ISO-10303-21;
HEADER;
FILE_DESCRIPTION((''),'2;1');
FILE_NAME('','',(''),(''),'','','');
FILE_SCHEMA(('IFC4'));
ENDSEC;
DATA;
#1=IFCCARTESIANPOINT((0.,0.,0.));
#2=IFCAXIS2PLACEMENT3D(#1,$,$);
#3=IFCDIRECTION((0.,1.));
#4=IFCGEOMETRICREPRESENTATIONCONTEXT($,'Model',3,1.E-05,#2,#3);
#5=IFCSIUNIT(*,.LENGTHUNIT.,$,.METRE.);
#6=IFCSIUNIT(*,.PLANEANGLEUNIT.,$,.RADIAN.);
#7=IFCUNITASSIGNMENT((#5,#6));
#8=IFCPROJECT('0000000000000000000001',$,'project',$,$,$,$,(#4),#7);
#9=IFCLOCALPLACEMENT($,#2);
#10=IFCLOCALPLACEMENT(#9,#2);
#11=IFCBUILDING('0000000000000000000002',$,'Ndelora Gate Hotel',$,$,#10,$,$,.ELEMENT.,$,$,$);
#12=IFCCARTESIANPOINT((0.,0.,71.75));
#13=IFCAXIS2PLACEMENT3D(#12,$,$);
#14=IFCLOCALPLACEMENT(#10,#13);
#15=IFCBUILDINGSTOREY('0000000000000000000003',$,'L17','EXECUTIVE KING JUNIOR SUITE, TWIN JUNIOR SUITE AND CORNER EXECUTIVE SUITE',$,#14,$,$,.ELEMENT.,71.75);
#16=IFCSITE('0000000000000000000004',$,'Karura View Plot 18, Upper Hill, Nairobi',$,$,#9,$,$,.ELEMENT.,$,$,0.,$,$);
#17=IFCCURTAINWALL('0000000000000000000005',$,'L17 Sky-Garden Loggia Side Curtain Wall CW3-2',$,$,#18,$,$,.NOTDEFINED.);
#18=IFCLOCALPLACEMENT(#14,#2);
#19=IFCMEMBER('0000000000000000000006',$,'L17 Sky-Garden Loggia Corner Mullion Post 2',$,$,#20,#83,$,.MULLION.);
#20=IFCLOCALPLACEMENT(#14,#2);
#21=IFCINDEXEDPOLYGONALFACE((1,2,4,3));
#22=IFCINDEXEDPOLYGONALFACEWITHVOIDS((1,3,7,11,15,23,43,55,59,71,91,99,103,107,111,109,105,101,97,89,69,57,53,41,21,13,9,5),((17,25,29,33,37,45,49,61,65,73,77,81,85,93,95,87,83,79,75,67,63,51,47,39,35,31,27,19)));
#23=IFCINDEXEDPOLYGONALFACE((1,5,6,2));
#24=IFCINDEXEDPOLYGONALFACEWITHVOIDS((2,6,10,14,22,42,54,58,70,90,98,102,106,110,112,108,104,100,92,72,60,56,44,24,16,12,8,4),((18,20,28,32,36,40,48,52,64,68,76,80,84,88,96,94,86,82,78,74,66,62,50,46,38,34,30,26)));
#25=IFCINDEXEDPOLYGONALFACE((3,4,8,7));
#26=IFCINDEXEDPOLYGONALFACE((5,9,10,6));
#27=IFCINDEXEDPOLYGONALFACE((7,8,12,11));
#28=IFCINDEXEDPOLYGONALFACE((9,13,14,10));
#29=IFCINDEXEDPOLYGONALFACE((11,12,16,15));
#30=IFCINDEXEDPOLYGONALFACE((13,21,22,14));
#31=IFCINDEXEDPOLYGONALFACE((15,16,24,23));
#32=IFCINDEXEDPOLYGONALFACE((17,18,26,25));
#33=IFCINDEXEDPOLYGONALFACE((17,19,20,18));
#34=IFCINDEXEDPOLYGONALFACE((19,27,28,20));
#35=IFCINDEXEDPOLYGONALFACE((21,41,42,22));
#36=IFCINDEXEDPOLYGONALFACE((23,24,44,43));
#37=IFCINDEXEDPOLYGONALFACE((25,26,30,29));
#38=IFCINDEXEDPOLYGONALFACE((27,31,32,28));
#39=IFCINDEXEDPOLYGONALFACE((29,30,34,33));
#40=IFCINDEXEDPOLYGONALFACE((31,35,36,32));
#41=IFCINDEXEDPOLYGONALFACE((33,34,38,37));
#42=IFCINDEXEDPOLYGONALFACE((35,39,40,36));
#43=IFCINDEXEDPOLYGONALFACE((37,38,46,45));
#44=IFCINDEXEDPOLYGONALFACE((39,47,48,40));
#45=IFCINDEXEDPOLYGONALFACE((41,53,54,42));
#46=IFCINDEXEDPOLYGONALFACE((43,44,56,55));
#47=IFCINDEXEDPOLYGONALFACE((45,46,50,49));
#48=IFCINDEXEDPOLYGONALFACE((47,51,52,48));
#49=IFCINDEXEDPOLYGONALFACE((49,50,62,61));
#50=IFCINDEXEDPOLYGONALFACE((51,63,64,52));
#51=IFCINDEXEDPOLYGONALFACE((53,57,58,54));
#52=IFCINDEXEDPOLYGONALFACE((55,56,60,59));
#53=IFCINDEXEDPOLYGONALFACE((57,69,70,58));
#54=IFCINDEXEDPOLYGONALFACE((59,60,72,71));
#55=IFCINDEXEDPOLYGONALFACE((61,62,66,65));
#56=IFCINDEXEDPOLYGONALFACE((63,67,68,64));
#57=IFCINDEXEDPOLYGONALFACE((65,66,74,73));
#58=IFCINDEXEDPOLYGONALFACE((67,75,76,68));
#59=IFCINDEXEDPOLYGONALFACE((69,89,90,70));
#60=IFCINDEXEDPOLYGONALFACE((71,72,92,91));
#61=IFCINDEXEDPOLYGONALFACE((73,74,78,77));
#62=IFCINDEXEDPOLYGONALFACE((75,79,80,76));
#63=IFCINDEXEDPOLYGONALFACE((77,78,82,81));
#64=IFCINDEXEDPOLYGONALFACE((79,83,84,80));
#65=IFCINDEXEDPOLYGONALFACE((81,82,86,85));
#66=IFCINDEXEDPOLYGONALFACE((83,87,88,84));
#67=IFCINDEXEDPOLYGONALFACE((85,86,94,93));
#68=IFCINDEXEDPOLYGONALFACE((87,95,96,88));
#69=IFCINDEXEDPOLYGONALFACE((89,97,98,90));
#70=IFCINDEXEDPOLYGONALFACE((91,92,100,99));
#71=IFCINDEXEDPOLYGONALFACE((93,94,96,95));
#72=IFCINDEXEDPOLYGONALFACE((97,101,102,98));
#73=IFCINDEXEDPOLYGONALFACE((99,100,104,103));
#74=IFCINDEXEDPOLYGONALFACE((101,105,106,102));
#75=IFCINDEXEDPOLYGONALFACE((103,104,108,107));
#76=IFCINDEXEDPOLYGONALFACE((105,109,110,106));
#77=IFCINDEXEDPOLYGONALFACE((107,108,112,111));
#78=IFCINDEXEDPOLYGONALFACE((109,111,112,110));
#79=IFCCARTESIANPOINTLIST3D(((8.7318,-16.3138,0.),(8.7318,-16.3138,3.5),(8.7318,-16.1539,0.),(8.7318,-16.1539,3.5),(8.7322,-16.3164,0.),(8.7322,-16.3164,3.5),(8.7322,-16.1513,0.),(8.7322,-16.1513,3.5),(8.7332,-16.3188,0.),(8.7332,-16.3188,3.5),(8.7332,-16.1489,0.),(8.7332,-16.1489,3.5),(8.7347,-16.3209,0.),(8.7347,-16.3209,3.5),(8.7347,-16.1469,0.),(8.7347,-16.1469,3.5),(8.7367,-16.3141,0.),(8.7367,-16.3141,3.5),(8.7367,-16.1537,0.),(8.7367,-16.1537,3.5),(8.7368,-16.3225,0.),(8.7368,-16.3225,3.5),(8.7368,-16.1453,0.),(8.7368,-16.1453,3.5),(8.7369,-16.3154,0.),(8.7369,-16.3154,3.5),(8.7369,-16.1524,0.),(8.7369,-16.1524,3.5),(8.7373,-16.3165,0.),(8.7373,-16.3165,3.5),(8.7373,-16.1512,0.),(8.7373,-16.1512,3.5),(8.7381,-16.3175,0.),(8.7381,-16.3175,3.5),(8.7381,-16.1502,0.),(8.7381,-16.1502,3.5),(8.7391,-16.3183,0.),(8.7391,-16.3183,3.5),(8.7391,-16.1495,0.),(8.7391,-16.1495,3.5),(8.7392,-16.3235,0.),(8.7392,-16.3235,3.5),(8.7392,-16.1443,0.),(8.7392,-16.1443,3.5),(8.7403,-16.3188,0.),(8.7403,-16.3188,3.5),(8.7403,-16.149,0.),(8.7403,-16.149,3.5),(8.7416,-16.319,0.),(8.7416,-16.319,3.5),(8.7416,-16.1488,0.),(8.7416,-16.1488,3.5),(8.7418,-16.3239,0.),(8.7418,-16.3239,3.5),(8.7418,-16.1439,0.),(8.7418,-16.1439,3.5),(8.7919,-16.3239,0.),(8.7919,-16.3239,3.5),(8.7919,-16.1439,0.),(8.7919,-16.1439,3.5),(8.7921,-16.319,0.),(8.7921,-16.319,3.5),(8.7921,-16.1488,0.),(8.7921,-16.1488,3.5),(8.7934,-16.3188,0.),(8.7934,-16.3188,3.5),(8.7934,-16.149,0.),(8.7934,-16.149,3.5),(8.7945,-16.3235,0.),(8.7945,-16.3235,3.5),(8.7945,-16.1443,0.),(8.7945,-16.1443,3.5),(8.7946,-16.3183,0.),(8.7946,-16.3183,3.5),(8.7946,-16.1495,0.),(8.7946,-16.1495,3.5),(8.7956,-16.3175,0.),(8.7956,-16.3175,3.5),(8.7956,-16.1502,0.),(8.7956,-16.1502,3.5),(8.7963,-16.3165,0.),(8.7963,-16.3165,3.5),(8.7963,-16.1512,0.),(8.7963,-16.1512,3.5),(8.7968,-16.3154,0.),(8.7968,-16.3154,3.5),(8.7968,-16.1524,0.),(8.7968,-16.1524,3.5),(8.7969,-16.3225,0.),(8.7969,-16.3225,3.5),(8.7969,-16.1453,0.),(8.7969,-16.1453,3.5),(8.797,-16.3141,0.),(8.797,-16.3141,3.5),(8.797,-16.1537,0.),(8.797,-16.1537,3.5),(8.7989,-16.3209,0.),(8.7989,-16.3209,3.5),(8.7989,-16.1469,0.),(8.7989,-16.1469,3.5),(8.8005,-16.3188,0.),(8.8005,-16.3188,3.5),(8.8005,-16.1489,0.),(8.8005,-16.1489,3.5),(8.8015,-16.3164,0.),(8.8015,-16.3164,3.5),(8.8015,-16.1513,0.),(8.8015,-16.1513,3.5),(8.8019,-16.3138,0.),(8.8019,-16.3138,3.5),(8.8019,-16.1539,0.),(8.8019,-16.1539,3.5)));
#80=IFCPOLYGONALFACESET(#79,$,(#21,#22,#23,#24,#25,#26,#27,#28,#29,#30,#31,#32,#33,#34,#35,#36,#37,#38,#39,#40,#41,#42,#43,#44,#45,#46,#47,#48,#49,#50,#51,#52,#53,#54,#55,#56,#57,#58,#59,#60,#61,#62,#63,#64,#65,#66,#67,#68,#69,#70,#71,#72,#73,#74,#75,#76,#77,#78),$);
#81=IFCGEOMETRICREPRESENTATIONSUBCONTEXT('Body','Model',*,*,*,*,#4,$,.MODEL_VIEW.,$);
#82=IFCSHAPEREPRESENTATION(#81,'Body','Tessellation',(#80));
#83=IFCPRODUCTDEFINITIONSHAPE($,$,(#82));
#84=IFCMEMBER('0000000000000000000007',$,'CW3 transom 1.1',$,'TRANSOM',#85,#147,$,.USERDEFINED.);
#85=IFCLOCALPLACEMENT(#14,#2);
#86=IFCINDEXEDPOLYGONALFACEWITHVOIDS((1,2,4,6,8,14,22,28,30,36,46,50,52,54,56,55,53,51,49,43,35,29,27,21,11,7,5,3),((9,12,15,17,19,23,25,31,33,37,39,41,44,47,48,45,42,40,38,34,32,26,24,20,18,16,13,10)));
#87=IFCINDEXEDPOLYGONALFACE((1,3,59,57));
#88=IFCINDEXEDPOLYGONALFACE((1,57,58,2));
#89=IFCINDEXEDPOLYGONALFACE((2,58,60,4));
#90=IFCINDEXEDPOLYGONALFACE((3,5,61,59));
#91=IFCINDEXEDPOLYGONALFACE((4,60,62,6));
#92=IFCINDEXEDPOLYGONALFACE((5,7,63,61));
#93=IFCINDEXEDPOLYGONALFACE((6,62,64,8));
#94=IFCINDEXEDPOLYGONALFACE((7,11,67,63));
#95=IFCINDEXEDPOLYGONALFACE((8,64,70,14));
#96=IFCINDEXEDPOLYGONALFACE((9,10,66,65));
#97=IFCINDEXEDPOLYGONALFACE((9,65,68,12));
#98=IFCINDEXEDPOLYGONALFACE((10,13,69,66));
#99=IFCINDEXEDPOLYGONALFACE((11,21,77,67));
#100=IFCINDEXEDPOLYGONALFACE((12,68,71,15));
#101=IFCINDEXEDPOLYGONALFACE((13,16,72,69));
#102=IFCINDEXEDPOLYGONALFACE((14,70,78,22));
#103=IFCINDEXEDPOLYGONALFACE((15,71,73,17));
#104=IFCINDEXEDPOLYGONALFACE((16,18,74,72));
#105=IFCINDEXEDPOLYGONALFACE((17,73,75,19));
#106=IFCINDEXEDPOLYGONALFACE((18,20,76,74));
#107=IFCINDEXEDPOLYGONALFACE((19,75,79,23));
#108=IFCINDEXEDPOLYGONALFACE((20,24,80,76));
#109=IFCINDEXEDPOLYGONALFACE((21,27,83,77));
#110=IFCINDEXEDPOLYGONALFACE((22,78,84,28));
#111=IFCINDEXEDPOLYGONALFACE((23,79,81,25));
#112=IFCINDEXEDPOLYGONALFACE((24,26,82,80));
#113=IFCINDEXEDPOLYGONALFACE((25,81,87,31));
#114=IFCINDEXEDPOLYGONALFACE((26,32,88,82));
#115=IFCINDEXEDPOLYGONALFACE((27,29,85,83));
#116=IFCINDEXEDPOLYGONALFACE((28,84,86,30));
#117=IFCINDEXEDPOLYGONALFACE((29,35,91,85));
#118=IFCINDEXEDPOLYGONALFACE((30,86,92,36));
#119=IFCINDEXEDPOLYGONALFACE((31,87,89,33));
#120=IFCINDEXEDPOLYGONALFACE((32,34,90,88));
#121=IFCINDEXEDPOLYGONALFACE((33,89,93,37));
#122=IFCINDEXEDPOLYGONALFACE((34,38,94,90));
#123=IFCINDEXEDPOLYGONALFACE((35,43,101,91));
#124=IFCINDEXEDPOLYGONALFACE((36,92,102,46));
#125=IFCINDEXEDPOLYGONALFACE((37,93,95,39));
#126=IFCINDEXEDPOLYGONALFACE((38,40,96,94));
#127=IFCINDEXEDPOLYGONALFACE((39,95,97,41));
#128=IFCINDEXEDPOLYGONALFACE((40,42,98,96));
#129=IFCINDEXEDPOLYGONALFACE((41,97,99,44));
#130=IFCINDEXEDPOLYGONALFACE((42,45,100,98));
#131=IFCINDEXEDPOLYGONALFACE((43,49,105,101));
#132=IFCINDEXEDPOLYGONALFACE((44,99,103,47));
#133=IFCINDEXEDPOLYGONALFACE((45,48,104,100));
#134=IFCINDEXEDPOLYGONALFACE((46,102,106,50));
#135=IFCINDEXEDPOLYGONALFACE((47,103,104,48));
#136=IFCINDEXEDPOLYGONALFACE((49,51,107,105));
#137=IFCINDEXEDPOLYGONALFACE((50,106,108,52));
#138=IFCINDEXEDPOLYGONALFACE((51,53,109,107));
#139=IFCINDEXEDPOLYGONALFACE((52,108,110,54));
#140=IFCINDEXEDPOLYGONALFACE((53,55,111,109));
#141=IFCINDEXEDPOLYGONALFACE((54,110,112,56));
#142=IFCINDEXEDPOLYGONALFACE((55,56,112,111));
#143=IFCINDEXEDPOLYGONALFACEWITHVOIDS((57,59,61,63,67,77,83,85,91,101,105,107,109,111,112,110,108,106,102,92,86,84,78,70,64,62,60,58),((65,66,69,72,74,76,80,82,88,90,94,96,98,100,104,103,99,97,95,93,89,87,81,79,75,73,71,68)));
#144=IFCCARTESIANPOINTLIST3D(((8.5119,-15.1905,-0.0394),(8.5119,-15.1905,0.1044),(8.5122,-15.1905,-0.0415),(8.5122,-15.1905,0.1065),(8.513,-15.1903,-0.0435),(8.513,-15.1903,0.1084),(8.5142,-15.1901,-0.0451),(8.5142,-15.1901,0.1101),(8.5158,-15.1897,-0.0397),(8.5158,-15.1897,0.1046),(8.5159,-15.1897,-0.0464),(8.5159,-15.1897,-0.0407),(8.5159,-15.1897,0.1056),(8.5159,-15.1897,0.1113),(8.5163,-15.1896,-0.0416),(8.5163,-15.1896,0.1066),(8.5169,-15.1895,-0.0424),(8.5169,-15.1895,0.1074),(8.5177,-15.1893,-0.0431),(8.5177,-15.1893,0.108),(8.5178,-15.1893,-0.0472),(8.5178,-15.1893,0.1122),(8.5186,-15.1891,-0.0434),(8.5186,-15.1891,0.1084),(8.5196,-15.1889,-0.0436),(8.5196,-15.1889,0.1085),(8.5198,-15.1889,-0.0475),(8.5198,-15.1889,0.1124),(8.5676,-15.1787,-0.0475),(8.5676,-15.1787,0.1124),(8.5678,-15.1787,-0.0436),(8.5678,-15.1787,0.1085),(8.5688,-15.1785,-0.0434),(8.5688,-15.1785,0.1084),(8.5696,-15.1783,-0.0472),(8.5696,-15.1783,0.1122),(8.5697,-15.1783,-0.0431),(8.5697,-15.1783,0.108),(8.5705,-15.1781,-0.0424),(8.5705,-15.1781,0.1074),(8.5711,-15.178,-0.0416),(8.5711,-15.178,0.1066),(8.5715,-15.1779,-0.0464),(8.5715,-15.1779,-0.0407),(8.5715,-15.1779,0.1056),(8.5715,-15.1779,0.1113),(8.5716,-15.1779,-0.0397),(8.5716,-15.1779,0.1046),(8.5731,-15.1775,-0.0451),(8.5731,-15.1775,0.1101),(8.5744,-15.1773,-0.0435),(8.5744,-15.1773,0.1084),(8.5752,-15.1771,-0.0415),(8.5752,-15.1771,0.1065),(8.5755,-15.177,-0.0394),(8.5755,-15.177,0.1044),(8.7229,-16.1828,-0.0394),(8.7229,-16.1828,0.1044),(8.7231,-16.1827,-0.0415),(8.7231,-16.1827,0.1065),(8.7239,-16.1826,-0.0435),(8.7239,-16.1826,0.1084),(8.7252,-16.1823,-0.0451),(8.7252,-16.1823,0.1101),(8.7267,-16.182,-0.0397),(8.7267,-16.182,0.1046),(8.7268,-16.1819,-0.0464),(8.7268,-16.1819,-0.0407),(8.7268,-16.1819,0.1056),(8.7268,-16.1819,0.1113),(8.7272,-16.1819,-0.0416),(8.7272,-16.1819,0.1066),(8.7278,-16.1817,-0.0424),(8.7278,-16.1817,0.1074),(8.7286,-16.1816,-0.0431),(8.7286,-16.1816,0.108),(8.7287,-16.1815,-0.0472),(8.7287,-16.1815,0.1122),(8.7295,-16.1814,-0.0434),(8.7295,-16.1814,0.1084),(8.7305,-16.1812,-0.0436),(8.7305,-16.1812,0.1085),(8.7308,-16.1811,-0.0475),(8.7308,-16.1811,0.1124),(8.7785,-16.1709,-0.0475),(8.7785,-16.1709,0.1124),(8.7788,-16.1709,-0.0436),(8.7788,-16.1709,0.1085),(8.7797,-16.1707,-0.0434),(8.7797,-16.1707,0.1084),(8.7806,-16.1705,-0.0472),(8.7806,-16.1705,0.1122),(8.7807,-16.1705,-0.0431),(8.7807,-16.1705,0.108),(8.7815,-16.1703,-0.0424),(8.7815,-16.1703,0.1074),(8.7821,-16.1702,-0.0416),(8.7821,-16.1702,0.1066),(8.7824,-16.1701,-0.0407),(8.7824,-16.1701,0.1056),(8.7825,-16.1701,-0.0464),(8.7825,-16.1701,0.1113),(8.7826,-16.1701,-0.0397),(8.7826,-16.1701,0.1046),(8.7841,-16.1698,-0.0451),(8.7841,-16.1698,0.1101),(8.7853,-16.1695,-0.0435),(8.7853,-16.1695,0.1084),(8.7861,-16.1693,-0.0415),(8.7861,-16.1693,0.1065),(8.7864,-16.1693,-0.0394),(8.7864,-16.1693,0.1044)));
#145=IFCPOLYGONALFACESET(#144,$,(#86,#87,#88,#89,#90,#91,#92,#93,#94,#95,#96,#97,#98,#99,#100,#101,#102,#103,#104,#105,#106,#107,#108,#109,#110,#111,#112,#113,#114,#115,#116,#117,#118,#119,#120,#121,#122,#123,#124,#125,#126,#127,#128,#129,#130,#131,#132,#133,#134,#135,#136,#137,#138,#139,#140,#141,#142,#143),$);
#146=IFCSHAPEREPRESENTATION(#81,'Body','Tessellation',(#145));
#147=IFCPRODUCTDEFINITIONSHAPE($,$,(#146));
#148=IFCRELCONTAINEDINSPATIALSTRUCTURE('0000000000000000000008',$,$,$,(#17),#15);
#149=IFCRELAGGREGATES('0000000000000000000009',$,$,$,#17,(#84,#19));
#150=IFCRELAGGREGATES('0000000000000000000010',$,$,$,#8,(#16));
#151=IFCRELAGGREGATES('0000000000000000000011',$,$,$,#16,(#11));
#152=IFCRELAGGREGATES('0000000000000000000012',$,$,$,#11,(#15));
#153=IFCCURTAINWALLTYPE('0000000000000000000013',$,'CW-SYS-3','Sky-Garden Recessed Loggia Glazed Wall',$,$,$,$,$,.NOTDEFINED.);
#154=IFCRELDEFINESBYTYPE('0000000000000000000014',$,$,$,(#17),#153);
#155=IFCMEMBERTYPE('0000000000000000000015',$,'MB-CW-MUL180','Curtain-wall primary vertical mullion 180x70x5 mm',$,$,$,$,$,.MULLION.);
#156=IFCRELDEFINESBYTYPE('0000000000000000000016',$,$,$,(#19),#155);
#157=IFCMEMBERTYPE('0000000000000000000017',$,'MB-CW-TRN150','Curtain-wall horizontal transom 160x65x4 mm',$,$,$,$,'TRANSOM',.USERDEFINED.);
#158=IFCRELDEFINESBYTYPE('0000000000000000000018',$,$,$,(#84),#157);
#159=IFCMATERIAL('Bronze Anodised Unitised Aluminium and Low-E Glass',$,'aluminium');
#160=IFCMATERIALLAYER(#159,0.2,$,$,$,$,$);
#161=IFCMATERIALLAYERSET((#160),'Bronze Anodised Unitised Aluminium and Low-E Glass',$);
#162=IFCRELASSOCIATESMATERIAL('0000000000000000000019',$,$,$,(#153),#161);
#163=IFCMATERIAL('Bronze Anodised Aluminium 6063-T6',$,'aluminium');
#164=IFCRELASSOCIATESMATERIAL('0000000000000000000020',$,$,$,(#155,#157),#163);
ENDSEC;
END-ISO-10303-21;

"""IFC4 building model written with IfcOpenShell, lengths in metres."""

from ifc_helpers import new_model, si_unit, direction, frame, origin, origin_2d, place, context, subcontext, project, spatial, hollow_rectangle, extrude, material, layer, layer_set, material_profile, profile_set, type_object, element, aggregate, save


model = new_model("IFC4")

# Units and contexts
model_context = context("Model", 3, precision=1e-05, world=origin(), true_north=direction((0.0, 1.0)))
body_context = subcontext(model_context, "Body", "Model", "MODEL_VIEW")
ifc_project = project(units=[si_unit("LENGTHUNIT", "METRE"), si_unit("PLANEANGLEUNIT", "RADIAN")], contexts=[model_context])

# Site, building, storey
site_placement = place(None, origin())
site = spatial("IfcSite", under=ifc_project, at=site_placement, Name="Karura View Plot 18, Upper Hill, Nairobi", CompositionType="ELEMENT", RefElevation=0.0)
building_placement = place(site_placement, origin())
building = spatial("IfcBuilding", under=site, at=building_placement, Name="Ndelora Gate Hotel", CompositionType="ELEMENT")
storey_placement = place(building_placement, frame((0.0, 0.0, 71.75)))
storey = spatial("IfcBuildingStorey", under=building, at=storey_placement, Name="L17", Description="EXECUTIVE KING JUNIOR SUITE, TWIN JUNIOR SUITE AND CORNER EXECUTIVE SUITE", CompositionType="ELEMENT", Elevation=71.75)

# Curtain wall, members
ifc_material_1 = material(Name="Bronze Anodised Unitised Aluminium and Low-E Glass", Category="aluminium")
ifc_layer_1 = layer(ifc_material_1, 0.2)
ifc_layer_set_1 = layer_set([ifc_layer_1], Name="Bronze Anodised Unitised Aluminium and Low-E Glass")
curtain_wall_type = type_object("IfcCurtainWallType", Name="CW-SYS-3", Description="Sky-Garden Recessed Loggia Glazed Wall", PredefinedType="NOTDEFINED", material=ifc_layer_set_1)
curtain_wall_placement = place(storey_placement, origin())
curtain_wall = element("IfcCurtainWall", 1, at=curtain_wall_placement, inside=storey, type_object=curtain_wall_type, Name="L17 Sky-Garden Loggia Side Curtain Wall CW3-2", PredefinedType="NOTDEFINED")
ifc_material_2 = material(Name="Bronze Anodised Aluminium 6063-T6", Category="aluminium")
ifc_material_profile_1 = material_profile(ifc_material_2, hollow_rectangle(XDim=0.0701, YDim=0.1799, WallThickness=0.0049, InnerFilletRadius=0.0049, OuterFilletRadius=0.01, at=origin_2d()), Name="ALU 180x70x5")
ifc_profile_set_1 = profile_set([ifc_material_profile_1], Name="Bronze Anodised Aluminium 6063-T6")
member_type_1 = type_object("IfcMemberType", Name="MB-CW-MUL180", Description="Curtain-wall primary vertical mullion 180x70x5 mm", PredefinedType="MULLION", material=ifc_profile_set_1)
member_1_placement = place(storey_placement, frame((8.7668, -16.2339, 0.0), z_axis=(0.0, 0.0, 1.0), x_axis=(1.0, 0.0, 0.0)))
member_1 = element("IfcMember", 2, at=member_1_placement, type_object=member_type_1, Name="L17 Sky-Garden Loggia Corner Mullion Post 2", PredefinedType="MULLION", context=body_context, shape_type="SweptSolid", body=[
    extrude(hollow_rectangle(XDim=0.0701, YDim=0.1799, WallThickness=0.0049, InnerFilletRadius=0.0049, OuterFilletRadius=0.01, at=origin_2d()), origin(), (0.0, 0.0, 1.0), 3.5),
])
ifc_material_profile_2 = material_profile(ifc_material_2, hollow_rectangle(XDim=0.0649, YDim=0.1599, WallThickness=0.0039, InnerFilletRadius=0.0039, OuterFilletRadius=0.0081, at=origin_2d()), Name="ALU 160x65x4")
ifc_profile_set_2 = profile_set([ifc_material_profile_2], Name="Bronze Anodised Aluminium 6063-T6")
member_type_2 = type_object("IfcMemberType", Name="MB-CW-TRN150", Description="Curtain-wall horizontal transom 160x65x4 mm", ElementType="TRANSOM", PredefinedType="USERDEFINED", material=ifc_profile_set_2)
member_2_placement = place(storey_placement, frame((8.7546, -16.176, 0.0325), z_axis=(-0.207951, 0.978139, 0.0), x_axis=(-0.978139, -0.207951, 0.0)))
member_2 = element("IfcMember", 3, at=member_2_placement, type_object=member_type_2, Name="CW3 transom 1.1", ObjectType="TRANSOM", PredefinedType="USERDEFINED", context=body_context, shape_type="SweptSolid", body=[
    extrude(hollow_rectangle(XDim=0.0649, YDim=0.1599, WallThickness=0.0039, InnerFilletRadius=0.0039, OuterFilletRadius=0.0081, at=origin_2d()), origin(), (0.0, 0.0, 1.0), 1.0144),
])
aggregate(curtain_wall, [member_2, member_1])

save(model, "model.ifc")
